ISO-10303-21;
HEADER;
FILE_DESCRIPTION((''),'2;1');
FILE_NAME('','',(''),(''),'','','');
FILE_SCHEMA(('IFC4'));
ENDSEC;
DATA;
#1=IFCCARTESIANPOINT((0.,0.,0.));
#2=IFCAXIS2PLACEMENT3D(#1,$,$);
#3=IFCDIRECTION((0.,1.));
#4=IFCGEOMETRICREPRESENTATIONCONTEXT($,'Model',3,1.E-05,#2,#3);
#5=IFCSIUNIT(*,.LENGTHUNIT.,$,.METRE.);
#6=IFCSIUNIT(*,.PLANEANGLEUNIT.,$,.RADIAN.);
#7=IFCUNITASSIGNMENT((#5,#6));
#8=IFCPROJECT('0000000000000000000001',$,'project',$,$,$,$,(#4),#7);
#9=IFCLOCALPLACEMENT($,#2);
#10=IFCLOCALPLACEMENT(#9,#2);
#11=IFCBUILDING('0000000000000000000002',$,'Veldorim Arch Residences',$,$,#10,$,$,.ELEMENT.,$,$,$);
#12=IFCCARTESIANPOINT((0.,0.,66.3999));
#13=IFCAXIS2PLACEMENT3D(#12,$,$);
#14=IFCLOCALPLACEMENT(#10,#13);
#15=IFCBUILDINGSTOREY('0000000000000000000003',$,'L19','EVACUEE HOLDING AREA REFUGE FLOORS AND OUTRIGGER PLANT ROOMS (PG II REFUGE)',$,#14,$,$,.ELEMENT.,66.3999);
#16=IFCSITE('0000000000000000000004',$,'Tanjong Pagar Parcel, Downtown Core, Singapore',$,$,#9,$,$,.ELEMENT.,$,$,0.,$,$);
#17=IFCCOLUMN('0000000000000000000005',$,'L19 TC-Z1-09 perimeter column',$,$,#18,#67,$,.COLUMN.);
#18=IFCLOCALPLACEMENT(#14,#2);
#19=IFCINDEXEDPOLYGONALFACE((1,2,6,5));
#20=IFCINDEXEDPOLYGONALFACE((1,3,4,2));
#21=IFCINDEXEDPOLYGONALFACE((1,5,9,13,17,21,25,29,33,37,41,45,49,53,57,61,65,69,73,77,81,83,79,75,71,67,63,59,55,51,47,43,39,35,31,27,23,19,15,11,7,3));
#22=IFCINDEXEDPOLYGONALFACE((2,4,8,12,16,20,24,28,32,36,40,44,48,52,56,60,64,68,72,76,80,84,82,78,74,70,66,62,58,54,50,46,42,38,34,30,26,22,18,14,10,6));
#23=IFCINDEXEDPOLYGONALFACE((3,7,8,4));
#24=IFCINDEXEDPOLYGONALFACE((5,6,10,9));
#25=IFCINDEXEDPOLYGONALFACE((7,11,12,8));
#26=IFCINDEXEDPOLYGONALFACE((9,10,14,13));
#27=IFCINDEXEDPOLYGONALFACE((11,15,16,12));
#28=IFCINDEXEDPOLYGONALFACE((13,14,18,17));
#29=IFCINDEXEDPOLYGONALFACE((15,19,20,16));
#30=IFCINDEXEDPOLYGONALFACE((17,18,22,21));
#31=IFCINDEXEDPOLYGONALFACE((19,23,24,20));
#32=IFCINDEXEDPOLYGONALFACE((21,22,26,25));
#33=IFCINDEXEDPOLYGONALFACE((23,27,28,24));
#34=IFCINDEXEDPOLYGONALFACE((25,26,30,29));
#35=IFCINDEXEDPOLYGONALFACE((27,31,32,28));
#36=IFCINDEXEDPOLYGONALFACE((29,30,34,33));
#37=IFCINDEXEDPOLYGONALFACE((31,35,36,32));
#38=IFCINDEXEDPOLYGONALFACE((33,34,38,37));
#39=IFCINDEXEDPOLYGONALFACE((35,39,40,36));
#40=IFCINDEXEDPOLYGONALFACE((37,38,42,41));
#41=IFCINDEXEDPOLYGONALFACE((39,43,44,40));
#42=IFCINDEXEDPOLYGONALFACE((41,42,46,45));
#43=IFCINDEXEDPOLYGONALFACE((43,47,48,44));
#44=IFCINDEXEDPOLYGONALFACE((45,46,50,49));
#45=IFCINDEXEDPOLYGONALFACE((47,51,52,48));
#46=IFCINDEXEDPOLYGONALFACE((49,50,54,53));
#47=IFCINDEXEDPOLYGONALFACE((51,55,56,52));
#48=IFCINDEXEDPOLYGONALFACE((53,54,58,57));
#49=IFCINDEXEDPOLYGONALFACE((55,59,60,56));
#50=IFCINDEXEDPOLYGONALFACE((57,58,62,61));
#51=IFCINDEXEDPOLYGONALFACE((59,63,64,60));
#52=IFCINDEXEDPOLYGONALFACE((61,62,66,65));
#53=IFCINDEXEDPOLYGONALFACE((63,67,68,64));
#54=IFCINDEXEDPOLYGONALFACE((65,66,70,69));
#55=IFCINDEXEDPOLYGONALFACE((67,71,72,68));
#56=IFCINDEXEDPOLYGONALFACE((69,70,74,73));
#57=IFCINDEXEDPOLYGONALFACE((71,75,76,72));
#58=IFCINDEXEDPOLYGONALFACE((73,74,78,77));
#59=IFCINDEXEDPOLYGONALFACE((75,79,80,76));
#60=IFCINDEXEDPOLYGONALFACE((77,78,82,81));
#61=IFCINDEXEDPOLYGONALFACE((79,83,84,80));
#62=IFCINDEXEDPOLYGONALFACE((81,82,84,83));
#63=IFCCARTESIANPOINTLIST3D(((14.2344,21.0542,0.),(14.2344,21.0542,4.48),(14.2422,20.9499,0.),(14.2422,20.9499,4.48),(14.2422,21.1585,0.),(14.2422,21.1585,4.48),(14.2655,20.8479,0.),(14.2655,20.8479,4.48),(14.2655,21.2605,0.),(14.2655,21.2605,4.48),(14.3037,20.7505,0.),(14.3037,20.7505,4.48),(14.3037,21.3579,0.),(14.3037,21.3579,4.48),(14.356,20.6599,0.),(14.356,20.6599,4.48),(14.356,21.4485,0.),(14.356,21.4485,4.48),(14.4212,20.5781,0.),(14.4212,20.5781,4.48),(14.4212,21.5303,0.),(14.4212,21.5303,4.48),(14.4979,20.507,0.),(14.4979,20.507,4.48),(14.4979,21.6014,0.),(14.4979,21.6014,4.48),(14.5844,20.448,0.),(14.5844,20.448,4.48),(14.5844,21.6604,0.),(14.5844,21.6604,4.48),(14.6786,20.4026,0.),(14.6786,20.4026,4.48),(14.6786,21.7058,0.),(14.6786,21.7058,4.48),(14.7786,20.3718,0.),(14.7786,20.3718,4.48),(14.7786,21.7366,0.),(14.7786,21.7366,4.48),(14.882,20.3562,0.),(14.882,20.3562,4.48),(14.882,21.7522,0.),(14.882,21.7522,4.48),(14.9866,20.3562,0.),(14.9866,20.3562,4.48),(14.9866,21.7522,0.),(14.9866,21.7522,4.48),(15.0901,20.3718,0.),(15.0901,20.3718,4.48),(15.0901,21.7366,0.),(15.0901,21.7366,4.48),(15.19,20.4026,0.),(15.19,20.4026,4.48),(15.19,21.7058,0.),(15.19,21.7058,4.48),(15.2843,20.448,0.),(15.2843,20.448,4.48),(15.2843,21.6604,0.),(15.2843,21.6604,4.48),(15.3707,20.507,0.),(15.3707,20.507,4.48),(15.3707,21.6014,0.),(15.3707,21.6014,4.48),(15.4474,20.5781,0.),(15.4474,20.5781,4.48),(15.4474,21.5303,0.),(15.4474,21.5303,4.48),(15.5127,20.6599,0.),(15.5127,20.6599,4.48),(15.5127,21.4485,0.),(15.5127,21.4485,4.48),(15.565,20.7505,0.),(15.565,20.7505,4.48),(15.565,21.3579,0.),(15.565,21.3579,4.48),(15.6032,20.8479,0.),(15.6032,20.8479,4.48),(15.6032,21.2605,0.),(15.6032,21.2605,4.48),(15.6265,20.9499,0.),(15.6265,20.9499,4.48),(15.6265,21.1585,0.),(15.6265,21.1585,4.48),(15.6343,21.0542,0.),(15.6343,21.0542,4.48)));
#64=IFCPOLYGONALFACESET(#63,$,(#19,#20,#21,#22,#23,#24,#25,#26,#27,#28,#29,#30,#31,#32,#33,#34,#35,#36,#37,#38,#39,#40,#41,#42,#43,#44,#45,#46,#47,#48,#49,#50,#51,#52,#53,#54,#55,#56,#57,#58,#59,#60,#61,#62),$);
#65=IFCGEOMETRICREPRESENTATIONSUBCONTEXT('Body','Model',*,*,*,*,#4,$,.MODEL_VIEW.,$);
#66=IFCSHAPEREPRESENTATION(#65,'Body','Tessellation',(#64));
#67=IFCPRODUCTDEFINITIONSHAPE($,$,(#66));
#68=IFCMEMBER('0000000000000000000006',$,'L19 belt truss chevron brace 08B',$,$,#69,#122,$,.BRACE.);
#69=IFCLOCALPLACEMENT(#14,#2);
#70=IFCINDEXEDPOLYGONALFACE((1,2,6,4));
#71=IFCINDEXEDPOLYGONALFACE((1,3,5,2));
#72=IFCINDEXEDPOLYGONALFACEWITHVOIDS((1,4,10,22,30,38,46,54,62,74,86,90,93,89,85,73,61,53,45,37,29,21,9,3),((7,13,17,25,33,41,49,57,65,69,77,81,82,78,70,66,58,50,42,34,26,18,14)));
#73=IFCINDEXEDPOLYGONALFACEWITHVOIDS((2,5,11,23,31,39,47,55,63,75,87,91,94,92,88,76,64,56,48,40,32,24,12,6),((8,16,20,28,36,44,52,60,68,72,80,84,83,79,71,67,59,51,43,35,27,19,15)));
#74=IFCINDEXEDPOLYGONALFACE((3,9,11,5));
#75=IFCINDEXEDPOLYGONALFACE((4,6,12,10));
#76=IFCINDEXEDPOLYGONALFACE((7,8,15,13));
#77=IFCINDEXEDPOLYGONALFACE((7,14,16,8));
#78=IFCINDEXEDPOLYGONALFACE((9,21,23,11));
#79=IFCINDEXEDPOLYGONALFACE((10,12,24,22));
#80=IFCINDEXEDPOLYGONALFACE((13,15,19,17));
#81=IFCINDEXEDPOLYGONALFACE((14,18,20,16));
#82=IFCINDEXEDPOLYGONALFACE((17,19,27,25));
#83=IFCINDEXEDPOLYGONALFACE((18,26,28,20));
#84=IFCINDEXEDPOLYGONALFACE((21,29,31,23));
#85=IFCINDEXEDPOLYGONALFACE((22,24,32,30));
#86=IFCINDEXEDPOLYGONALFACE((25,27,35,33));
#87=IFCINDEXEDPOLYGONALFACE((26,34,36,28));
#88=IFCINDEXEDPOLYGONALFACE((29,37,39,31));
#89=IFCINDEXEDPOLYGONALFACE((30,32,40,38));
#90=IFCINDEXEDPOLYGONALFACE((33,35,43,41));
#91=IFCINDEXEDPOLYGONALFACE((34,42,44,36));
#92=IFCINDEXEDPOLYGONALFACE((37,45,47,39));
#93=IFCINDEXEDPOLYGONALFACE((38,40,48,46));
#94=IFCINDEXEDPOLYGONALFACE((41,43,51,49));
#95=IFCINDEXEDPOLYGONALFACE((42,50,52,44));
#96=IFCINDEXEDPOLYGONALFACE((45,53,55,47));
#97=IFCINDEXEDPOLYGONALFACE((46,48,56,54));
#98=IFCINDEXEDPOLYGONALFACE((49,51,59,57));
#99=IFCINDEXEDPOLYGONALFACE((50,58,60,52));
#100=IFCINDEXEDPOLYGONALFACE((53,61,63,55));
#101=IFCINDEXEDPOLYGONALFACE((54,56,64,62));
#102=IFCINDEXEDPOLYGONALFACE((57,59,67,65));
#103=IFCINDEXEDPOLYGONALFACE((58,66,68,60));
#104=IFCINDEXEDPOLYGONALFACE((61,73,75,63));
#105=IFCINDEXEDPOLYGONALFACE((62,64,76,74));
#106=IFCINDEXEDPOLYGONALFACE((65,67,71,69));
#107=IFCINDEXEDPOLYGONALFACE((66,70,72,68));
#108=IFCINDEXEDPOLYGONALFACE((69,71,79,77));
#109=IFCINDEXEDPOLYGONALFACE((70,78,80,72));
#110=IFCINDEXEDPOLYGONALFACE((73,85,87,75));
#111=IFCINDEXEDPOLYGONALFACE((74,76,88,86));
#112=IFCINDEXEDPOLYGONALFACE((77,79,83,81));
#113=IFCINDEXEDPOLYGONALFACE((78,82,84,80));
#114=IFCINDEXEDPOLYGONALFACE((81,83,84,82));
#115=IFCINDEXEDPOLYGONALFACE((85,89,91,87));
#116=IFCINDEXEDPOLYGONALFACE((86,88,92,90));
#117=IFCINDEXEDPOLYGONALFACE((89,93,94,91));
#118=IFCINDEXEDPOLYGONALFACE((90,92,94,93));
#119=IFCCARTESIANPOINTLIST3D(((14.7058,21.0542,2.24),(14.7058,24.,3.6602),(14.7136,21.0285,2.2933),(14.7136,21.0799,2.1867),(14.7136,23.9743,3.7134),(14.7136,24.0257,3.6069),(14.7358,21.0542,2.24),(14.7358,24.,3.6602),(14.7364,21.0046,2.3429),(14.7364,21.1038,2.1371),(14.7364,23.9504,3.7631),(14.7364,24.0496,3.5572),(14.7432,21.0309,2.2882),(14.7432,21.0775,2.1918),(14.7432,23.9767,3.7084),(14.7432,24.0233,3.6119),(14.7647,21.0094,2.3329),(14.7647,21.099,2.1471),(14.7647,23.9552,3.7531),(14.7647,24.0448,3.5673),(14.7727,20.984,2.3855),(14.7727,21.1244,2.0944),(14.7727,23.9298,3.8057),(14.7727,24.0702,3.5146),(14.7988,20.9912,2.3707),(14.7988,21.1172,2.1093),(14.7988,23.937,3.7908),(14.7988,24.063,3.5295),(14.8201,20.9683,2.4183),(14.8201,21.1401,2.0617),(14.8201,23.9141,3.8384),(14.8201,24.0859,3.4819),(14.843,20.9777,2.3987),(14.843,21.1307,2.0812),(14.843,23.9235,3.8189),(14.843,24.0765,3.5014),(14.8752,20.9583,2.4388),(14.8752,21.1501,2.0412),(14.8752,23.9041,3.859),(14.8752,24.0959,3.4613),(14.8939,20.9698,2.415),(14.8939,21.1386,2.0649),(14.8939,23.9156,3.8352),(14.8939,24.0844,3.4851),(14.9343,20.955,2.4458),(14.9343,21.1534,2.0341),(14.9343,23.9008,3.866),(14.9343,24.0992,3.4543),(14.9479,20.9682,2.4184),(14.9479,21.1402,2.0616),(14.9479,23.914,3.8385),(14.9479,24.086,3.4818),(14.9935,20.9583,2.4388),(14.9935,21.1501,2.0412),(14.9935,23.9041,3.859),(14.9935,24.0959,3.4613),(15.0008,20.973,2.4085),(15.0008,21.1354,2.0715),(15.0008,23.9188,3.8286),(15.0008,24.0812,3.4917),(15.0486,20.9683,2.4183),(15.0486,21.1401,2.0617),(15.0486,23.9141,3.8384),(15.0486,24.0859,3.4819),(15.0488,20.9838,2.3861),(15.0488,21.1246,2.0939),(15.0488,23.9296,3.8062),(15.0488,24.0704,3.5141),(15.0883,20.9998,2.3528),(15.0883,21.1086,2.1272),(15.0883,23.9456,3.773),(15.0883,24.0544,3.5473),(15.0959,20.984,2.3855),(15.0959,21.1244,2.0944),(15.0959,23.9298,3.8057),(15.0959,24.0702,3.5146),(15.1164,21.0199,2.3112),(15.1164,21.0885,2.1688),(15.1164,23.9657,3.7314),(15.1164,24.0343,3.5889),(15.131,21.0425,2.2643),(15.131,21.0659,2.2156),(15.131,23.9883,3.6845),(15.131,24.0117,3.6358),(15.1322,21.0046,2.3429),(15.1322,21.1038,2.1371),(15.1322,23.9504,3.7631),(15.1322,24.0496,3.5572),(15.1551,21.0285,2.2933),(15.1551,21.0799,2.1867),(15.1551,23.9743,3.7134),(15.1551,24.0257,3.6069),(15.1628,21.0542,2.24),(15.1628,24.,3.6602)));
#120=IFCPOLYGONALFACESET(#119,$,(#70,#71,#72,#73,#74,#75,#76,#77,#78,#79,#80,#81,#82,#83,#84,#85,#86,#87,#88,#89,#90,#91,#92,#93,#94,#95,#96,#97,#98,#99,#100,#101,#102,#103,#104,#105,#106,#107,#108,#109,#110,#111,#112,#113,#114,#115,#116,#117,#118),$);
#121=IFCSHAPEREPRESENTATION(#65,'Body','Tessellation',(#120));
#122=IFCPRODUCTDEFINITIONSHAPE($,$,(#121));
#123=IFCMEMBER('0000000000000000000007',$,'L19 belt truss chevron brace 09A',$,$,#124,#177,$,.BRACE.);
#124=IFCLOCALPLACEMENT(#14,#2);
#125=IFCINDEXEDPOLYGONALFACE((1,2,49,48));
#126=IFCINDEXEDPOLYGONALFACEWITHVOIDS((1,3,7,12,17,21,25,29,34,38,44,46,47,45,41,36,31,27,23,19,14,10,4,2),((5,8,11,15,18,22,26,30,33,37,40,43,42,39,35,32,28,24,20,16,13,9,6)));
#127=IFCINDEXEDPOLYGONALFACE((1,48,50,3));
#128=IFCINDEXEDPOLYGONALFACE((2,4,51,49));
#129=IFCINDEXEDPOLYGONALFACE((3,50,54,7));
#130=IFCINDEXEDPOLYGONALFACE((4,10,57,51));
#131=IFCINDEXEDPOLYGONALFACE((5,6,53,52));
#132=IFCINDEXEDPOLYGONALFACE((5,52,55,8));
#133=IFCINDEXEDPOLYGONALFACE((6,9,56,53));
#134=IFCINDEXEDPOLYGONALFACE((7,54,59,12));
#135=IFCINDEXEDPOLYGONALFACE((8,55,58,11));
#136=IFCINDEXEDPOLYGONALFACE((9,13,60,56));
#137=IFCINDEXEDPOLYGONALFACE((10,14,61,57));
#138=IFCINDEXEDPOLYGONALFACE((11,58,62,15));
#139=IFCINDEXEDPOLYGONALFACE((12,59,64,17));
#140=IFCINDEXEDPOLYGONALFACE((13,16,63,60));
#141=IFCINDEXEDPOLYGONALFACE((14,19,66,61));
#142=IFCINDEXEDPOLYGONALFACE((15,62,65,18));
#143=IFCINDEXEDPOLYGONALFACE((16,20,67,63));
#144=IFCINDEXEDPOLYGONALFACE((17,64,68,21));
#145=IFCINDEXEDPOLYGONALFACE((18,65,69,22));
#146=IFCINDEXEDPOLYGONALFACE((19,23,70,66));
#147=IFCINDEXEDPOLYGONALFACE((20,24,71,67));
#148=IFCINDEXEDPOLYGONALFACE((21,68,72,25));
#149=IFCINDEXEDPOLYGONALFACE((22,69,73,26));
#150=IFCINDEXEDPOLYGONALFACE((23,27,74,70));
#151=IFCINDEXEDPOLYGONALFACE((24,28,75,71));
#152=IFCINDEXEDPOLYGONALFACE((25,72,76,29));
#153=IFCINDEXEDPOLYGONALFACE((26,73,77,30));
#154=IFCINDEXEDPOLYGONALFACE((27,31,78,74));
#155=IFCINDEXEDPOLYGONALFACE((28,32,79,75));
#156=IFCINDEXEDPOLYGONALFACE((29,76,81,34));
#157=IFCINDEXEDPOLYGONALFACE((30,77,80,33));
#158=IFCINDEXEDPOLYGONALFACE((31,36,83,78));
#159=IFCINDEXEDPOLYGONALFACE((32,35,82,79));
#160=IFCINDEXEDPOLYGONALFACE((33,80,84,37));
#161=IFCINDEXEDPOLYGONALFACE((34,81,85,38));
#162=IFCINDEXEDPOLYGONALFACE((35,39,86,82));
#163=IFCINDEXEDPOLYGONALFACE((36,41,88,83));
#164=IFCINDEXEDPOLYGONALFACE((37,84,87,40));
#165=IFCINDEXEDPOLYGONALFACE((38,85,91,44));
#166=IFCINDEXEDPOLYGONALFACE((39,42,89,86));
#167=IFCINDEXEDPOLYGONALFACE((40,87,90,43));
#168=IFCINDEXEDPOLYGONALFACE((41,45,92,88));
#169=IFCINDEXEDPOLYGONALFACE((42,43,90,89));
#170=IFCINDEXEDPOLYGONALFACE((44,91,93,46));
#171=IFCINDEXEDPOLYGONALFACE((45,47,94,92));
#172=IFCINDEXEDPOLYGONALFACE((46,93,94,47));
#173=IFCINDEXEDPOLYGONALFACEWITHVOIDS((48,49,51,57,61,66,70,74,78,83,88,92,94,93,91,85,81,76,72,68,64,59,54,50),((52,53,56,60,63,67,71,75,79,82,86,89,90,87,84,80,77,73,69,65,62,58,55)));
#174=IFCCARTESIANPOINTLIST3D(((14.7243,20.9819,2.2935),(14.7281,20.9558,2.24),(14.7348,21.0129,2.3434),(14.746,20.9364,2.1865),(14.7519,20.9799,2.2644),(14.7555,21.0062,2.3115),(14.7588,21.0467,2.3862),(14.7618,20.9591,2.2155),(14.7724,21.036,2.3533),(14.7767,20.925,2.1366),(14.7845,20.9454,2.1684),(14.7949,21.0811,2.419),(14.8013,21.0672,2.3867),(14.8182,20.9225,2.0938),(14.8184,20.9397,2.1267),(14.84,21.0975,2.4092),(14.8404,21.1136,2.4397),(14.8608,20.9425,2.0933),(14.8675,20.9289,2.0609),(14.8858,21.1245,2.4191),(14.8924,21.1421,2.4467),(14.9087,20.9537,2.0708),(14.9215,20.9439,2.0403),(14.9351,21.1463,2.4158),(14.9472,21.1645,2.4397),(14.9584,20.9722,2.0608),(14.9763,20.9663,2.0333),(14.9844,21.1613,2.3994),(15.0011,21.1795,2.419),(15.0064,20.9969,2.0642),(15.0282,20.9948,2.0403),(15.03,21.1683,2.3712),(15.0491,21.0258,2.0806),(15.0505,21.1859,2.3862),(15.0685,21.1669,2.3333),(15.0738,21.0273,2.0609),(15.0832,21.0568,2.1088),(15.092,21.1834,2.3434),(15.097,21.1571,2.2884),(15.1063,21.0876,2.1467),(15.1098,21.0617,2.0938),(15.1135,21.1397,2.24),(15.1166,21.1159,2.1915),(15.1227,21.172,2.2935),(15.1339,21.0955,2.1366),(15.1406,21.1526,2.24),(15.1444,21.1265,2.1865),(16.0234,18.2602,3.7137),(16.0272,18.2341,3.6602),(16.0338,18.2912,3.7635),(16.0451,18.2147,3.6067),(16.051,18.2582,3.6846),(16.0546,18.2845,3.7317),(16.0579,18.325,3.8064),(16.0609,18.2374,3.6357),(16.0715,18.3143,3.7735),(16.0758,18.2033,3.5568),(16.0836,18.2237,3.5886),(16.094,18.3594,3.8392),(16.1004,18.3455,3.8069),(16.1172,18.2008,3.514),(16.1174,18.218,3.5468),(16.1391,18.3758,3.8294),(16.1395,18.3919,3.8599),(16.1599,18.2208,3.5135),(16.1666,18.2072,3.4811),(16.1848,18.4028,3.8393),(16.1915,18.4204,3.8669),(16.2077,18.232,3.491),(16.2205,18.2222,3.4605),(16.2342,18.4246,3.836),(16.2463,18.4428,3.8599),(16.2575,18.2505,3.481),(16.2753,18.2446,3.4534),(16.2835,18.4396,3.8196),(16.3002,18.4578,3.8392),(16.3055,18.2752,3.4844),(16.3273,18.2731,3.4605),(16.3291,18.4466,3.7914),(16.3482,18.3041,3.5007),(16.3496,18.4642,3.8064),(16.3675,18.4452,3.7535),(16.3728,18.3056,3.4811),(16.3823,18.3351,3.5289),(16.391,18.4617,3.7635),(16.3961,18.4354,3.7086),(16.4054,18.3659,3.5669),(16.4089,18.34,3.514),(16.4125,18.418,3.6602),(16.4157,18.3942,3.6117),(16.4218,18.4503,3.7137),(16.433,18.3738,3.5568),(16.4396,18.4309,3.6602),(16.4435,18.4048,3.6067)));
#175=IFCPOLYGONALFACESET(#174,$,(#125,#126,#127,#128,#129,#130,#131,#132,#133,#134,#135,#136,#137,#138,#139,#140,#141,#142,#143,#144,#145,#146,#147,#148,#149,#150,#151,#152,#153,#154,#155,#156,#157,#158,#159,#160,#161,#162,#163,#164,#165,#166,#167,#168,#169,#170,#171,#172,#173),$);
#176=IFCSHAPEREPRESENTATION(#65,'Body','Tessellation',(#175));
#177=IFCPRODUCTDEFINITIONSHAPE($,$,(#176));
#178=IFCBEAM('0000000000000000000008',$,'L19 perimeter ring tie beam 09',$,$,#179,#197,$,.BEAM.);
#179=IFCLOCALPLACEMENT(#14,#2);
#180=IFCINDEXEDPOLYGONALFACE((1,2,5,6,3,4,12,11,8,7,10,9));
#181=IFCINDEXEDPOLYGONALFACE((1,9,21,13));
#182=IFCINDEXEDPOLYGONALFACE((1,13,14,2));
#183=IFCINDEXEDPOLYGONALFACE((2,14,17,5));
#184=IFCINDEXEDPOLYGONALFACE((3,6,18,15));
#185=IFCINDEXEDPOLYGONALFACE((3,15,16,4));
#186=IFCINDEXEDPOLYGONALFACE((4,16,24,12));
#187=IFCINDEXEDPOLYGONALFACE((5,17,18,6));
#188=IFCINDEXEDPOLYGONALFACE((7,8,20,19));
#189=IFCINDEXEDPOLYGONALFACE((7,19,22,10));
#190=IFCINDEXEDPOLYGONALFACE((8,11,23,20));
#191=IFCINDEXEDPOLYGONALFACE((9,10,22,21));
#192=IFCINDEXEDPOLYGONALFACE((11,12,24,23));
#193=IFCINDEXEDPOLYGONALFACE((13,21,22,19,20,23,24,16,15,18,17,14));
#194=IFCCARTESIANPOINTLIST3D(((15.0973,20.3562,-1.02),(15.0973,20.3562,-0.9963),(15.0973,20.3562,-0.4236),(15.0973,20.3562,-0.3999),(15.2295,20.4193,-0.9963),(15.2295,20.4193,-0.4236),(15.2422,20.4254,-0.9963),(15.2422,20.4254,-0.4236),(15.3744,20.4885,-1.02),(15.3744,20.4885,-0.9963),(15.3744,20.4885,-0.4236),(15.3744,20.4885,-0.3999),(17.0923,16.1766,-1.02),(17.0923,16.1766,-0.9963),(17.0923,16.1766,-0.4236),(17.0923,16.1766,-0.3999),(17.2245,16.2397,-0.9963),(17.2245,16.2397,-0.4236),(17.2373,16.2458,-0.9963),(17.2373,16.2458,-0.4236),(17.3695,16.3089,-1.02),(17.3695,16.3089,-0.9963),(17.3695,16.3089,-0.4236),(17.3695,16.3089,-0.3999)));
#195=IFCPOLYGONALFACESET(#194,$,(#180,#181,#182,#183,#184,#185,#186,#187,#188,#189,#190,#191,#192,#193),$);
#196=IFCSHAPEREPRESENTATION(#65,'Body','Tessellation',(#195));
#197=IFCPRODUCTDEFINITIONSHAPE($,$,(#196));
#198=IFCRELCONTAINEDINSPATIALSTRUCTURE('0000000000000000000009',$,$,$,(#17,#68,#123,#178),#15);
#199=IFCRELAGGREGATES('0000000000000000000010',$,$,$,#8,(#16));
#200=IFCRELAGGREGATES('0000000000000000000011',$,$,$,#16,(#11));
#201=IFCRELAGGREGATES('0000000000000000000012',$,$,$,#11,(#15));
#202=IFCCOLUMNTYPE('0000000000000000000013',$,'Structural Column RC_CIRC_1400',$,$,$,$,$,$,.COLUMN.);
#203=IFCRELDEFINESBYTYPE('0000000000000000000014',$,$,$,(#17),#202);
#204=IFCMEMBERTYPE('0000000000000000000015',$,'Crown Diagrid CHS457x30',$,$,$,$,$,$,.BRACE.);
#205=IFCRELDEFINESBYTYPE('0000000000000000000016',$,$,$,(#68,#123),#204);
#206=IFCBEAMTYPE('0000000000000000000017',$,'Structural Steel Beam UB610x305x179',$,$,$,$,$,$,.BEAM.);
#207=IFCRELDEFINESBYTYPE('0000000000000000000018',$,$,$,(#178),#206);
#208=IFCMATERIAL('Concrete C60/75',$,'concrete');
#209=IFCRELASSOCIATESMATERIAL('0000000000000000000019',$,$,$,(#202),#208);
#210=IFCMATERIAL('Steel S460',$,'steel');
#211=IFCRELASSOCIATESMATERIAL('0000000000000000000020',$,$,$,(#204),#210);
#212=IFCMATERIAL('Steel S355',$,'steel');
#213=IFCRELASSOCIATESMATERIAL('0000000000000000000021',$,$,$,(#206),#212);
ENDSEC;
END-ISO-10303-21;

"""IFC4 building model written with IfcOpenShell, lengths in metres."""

from ifc_helpers import new_model, si_unit, direction, frame, origin, origin_2d, place, context, subcontext, project, spatial, circle, hollow_circle, i_section, extrude, material, material_profile, profile_set, type_object, element, save


model = new_model("IFC4")

# Units and contexts
model_context = context("Model", 3, precision=1e-05, world=origin(), true_north=direction((0.0, 1.0)))
body_context = subcontext(model_context, "Body", "Model", "MODEL_VIEW")
ifc_project = project(units=[si_unit("LENGTHUNIT", "METRE"), si_unit("PLANEANGLEUNIT", "RADIAN")], contexts=[model_context])

# Site, building, storey
site_placement = place(None, origin())
site = spatial("IfcSite", under=ifc_project, at=site_placement, Name="Tanjong Pagar Parcel, Downtown Core, Singapore", CompositionType="ELEMENT", RefElevation=0.0)
building_placement = place(site_placement, origin())
building = spatial("IfcBuilding", under=site, at=building_placement, Name="Veldorim Arch Residences", CompositionType="ELEMENT")
storey_placement = place(building_placement, frame((0.0, 0.0, 66.3999)))
storey = spatial("IfcBuildingStorey", under=building, at=storey_placement, Name="L19", Description="EVACUEE HOLDING AREA REFUGE FLOORS AND OUTRIGGER PLANT ROOMS (PG II REFUGE)", CompositionType="ELEMENT", Elevation=66.3999)

# Column
ifc_material_1 = material(Name="Concrete C60/75", Category="concrete")
ifc_material_profile_1 = material_profile(ifc_material_1, circle(Radius=0.7, at=origin_2d()), Name="RC_CIRC_1400")
ifc_profile_set_1 = profile_set([ifc_material_profile_1], Name="Concrete C60/75")
column_type = type_object("IfcColumnType", Name="Structural Column RC_CIRC_1400", PredefinedType="COLUMN", material=ifc_profile_set_1)
column_placement = place(storey_placement, frame((14.9343, 21.0542, 0.0), z_axis=(0.0, 0.0, 1.0), x_axis=(1.0, 0.0, 0.0)))
element("IfcColumn", 1, at=column_placement, inside=storey, type_object=column_type, Name="L19 TC-Z1-09 perimeter column", PredefinedType="COLUMN", context=body_context, shape_type="SweptSolid", body=[
    extrude(circle(Radius=0.7, at=origin_2d()), origin(), (0.0, 0.0, 1.0), 4.48),
])

# Members
ifc_material_2 = material(Name="Steel S460", Category="steel")
ifc_material_profile_2 = material_profile(ifc_material_2, hollow_circle(Radius=0.2285, WallThickness=0.03, at=origin_2d()), Name="CHS457x30")
ifc_profile_set_2 = profile_set([ifc_material_profile_2], Name="Steel S460")
member_type_1 = type_object("IfcMemberType", Name="Crown Diagrid CHS457x30", PredefinedType="BRACE", material=ifc_profile_set_2)
member_1_placement = place(storey_placement, frame((14.9343, 21.0542, 2.24), z_axis=(0.0, 0.900784, 0.434267), x_axis=(-1.0, 0.0, 0.0)))
element("IfcMember", 2, at=member_1_placement, inside=storey, type_object=member_type_1, Name="L19 belt truss chevron brace 08B", PredefinedType="BRACE", context=body_context, shape_type="SweptSolid", body=[
    extrude(hollow_circle(Radius=0.2285, WallThickness=0.03, at=origin_2d()), origin(), (0.0, 0.0, 1.0), 3.2703),
])
member_2_placement = place(storey_placement, frame((14.9343, 21.0542, 2.24), z_axis=(0.389706, -0.816471, 0.426033), x_axis=(0.90247, 0.430754, 0.0)))
element("IfcMember", 3, at=member_2_placement, inside=storey, type_object=member_type_1, Name="L19 belt truss chevron brace 09A", PredefinedType="BRACE", context=body_context, shape_type="SweptSolid", body=[
    extrude(hollow_circle(Radius=0.2285, WallThickness=0.03, at=origin_2d()), origin(), (0.0, 0.0, 1.0), 3.3335),
])

# Beam
ifc_material_3 = material(Name="Steel S355", Category="steel")
ifc_material_profile_3 = material_profile(ifc_material_3, i_section(OverallWidth=0.3071, OverallDepth=0.6201, WebThickness=0.0142, FlangeThickness=0.0237, at=origin_2d()), Name="UB610x305x179")
ifc_profile_set_3 = profile_set([ifc_material_profile_3], Name="Steel S355")
beam_type_1 = type_object("IfcBeamType", Name="Structural Steel Beam UB610x305x179", PredefinedType="BEAM", material=ifc_profile_set_3)
beam_1_placement = place(storey_placement, frame((15.2358, 20.4224, -0.71), z_axis=(0.430776, -0.902459, 0.0), x_axis=(0.902459, 0.430776, 0.0)))
element("IfcBeam", 4, at=beam_1_placement, inside=storey, type_object=beam_type_1, Name="L19 perimeter ring tie beam 09", PredefinedType="BEAM", context=body_context, shape_type="SweptSolid", body=[
    extrude(i_section(OverallWidth=0.3071, OverallDepth=0.6201, WebThickness=0.0142, FlangeThickness=0.0237, at=origin_2d()), origin(), (0.0, 0.0, 1.0), 4.6313),
])

save(model, "model.ifc")
